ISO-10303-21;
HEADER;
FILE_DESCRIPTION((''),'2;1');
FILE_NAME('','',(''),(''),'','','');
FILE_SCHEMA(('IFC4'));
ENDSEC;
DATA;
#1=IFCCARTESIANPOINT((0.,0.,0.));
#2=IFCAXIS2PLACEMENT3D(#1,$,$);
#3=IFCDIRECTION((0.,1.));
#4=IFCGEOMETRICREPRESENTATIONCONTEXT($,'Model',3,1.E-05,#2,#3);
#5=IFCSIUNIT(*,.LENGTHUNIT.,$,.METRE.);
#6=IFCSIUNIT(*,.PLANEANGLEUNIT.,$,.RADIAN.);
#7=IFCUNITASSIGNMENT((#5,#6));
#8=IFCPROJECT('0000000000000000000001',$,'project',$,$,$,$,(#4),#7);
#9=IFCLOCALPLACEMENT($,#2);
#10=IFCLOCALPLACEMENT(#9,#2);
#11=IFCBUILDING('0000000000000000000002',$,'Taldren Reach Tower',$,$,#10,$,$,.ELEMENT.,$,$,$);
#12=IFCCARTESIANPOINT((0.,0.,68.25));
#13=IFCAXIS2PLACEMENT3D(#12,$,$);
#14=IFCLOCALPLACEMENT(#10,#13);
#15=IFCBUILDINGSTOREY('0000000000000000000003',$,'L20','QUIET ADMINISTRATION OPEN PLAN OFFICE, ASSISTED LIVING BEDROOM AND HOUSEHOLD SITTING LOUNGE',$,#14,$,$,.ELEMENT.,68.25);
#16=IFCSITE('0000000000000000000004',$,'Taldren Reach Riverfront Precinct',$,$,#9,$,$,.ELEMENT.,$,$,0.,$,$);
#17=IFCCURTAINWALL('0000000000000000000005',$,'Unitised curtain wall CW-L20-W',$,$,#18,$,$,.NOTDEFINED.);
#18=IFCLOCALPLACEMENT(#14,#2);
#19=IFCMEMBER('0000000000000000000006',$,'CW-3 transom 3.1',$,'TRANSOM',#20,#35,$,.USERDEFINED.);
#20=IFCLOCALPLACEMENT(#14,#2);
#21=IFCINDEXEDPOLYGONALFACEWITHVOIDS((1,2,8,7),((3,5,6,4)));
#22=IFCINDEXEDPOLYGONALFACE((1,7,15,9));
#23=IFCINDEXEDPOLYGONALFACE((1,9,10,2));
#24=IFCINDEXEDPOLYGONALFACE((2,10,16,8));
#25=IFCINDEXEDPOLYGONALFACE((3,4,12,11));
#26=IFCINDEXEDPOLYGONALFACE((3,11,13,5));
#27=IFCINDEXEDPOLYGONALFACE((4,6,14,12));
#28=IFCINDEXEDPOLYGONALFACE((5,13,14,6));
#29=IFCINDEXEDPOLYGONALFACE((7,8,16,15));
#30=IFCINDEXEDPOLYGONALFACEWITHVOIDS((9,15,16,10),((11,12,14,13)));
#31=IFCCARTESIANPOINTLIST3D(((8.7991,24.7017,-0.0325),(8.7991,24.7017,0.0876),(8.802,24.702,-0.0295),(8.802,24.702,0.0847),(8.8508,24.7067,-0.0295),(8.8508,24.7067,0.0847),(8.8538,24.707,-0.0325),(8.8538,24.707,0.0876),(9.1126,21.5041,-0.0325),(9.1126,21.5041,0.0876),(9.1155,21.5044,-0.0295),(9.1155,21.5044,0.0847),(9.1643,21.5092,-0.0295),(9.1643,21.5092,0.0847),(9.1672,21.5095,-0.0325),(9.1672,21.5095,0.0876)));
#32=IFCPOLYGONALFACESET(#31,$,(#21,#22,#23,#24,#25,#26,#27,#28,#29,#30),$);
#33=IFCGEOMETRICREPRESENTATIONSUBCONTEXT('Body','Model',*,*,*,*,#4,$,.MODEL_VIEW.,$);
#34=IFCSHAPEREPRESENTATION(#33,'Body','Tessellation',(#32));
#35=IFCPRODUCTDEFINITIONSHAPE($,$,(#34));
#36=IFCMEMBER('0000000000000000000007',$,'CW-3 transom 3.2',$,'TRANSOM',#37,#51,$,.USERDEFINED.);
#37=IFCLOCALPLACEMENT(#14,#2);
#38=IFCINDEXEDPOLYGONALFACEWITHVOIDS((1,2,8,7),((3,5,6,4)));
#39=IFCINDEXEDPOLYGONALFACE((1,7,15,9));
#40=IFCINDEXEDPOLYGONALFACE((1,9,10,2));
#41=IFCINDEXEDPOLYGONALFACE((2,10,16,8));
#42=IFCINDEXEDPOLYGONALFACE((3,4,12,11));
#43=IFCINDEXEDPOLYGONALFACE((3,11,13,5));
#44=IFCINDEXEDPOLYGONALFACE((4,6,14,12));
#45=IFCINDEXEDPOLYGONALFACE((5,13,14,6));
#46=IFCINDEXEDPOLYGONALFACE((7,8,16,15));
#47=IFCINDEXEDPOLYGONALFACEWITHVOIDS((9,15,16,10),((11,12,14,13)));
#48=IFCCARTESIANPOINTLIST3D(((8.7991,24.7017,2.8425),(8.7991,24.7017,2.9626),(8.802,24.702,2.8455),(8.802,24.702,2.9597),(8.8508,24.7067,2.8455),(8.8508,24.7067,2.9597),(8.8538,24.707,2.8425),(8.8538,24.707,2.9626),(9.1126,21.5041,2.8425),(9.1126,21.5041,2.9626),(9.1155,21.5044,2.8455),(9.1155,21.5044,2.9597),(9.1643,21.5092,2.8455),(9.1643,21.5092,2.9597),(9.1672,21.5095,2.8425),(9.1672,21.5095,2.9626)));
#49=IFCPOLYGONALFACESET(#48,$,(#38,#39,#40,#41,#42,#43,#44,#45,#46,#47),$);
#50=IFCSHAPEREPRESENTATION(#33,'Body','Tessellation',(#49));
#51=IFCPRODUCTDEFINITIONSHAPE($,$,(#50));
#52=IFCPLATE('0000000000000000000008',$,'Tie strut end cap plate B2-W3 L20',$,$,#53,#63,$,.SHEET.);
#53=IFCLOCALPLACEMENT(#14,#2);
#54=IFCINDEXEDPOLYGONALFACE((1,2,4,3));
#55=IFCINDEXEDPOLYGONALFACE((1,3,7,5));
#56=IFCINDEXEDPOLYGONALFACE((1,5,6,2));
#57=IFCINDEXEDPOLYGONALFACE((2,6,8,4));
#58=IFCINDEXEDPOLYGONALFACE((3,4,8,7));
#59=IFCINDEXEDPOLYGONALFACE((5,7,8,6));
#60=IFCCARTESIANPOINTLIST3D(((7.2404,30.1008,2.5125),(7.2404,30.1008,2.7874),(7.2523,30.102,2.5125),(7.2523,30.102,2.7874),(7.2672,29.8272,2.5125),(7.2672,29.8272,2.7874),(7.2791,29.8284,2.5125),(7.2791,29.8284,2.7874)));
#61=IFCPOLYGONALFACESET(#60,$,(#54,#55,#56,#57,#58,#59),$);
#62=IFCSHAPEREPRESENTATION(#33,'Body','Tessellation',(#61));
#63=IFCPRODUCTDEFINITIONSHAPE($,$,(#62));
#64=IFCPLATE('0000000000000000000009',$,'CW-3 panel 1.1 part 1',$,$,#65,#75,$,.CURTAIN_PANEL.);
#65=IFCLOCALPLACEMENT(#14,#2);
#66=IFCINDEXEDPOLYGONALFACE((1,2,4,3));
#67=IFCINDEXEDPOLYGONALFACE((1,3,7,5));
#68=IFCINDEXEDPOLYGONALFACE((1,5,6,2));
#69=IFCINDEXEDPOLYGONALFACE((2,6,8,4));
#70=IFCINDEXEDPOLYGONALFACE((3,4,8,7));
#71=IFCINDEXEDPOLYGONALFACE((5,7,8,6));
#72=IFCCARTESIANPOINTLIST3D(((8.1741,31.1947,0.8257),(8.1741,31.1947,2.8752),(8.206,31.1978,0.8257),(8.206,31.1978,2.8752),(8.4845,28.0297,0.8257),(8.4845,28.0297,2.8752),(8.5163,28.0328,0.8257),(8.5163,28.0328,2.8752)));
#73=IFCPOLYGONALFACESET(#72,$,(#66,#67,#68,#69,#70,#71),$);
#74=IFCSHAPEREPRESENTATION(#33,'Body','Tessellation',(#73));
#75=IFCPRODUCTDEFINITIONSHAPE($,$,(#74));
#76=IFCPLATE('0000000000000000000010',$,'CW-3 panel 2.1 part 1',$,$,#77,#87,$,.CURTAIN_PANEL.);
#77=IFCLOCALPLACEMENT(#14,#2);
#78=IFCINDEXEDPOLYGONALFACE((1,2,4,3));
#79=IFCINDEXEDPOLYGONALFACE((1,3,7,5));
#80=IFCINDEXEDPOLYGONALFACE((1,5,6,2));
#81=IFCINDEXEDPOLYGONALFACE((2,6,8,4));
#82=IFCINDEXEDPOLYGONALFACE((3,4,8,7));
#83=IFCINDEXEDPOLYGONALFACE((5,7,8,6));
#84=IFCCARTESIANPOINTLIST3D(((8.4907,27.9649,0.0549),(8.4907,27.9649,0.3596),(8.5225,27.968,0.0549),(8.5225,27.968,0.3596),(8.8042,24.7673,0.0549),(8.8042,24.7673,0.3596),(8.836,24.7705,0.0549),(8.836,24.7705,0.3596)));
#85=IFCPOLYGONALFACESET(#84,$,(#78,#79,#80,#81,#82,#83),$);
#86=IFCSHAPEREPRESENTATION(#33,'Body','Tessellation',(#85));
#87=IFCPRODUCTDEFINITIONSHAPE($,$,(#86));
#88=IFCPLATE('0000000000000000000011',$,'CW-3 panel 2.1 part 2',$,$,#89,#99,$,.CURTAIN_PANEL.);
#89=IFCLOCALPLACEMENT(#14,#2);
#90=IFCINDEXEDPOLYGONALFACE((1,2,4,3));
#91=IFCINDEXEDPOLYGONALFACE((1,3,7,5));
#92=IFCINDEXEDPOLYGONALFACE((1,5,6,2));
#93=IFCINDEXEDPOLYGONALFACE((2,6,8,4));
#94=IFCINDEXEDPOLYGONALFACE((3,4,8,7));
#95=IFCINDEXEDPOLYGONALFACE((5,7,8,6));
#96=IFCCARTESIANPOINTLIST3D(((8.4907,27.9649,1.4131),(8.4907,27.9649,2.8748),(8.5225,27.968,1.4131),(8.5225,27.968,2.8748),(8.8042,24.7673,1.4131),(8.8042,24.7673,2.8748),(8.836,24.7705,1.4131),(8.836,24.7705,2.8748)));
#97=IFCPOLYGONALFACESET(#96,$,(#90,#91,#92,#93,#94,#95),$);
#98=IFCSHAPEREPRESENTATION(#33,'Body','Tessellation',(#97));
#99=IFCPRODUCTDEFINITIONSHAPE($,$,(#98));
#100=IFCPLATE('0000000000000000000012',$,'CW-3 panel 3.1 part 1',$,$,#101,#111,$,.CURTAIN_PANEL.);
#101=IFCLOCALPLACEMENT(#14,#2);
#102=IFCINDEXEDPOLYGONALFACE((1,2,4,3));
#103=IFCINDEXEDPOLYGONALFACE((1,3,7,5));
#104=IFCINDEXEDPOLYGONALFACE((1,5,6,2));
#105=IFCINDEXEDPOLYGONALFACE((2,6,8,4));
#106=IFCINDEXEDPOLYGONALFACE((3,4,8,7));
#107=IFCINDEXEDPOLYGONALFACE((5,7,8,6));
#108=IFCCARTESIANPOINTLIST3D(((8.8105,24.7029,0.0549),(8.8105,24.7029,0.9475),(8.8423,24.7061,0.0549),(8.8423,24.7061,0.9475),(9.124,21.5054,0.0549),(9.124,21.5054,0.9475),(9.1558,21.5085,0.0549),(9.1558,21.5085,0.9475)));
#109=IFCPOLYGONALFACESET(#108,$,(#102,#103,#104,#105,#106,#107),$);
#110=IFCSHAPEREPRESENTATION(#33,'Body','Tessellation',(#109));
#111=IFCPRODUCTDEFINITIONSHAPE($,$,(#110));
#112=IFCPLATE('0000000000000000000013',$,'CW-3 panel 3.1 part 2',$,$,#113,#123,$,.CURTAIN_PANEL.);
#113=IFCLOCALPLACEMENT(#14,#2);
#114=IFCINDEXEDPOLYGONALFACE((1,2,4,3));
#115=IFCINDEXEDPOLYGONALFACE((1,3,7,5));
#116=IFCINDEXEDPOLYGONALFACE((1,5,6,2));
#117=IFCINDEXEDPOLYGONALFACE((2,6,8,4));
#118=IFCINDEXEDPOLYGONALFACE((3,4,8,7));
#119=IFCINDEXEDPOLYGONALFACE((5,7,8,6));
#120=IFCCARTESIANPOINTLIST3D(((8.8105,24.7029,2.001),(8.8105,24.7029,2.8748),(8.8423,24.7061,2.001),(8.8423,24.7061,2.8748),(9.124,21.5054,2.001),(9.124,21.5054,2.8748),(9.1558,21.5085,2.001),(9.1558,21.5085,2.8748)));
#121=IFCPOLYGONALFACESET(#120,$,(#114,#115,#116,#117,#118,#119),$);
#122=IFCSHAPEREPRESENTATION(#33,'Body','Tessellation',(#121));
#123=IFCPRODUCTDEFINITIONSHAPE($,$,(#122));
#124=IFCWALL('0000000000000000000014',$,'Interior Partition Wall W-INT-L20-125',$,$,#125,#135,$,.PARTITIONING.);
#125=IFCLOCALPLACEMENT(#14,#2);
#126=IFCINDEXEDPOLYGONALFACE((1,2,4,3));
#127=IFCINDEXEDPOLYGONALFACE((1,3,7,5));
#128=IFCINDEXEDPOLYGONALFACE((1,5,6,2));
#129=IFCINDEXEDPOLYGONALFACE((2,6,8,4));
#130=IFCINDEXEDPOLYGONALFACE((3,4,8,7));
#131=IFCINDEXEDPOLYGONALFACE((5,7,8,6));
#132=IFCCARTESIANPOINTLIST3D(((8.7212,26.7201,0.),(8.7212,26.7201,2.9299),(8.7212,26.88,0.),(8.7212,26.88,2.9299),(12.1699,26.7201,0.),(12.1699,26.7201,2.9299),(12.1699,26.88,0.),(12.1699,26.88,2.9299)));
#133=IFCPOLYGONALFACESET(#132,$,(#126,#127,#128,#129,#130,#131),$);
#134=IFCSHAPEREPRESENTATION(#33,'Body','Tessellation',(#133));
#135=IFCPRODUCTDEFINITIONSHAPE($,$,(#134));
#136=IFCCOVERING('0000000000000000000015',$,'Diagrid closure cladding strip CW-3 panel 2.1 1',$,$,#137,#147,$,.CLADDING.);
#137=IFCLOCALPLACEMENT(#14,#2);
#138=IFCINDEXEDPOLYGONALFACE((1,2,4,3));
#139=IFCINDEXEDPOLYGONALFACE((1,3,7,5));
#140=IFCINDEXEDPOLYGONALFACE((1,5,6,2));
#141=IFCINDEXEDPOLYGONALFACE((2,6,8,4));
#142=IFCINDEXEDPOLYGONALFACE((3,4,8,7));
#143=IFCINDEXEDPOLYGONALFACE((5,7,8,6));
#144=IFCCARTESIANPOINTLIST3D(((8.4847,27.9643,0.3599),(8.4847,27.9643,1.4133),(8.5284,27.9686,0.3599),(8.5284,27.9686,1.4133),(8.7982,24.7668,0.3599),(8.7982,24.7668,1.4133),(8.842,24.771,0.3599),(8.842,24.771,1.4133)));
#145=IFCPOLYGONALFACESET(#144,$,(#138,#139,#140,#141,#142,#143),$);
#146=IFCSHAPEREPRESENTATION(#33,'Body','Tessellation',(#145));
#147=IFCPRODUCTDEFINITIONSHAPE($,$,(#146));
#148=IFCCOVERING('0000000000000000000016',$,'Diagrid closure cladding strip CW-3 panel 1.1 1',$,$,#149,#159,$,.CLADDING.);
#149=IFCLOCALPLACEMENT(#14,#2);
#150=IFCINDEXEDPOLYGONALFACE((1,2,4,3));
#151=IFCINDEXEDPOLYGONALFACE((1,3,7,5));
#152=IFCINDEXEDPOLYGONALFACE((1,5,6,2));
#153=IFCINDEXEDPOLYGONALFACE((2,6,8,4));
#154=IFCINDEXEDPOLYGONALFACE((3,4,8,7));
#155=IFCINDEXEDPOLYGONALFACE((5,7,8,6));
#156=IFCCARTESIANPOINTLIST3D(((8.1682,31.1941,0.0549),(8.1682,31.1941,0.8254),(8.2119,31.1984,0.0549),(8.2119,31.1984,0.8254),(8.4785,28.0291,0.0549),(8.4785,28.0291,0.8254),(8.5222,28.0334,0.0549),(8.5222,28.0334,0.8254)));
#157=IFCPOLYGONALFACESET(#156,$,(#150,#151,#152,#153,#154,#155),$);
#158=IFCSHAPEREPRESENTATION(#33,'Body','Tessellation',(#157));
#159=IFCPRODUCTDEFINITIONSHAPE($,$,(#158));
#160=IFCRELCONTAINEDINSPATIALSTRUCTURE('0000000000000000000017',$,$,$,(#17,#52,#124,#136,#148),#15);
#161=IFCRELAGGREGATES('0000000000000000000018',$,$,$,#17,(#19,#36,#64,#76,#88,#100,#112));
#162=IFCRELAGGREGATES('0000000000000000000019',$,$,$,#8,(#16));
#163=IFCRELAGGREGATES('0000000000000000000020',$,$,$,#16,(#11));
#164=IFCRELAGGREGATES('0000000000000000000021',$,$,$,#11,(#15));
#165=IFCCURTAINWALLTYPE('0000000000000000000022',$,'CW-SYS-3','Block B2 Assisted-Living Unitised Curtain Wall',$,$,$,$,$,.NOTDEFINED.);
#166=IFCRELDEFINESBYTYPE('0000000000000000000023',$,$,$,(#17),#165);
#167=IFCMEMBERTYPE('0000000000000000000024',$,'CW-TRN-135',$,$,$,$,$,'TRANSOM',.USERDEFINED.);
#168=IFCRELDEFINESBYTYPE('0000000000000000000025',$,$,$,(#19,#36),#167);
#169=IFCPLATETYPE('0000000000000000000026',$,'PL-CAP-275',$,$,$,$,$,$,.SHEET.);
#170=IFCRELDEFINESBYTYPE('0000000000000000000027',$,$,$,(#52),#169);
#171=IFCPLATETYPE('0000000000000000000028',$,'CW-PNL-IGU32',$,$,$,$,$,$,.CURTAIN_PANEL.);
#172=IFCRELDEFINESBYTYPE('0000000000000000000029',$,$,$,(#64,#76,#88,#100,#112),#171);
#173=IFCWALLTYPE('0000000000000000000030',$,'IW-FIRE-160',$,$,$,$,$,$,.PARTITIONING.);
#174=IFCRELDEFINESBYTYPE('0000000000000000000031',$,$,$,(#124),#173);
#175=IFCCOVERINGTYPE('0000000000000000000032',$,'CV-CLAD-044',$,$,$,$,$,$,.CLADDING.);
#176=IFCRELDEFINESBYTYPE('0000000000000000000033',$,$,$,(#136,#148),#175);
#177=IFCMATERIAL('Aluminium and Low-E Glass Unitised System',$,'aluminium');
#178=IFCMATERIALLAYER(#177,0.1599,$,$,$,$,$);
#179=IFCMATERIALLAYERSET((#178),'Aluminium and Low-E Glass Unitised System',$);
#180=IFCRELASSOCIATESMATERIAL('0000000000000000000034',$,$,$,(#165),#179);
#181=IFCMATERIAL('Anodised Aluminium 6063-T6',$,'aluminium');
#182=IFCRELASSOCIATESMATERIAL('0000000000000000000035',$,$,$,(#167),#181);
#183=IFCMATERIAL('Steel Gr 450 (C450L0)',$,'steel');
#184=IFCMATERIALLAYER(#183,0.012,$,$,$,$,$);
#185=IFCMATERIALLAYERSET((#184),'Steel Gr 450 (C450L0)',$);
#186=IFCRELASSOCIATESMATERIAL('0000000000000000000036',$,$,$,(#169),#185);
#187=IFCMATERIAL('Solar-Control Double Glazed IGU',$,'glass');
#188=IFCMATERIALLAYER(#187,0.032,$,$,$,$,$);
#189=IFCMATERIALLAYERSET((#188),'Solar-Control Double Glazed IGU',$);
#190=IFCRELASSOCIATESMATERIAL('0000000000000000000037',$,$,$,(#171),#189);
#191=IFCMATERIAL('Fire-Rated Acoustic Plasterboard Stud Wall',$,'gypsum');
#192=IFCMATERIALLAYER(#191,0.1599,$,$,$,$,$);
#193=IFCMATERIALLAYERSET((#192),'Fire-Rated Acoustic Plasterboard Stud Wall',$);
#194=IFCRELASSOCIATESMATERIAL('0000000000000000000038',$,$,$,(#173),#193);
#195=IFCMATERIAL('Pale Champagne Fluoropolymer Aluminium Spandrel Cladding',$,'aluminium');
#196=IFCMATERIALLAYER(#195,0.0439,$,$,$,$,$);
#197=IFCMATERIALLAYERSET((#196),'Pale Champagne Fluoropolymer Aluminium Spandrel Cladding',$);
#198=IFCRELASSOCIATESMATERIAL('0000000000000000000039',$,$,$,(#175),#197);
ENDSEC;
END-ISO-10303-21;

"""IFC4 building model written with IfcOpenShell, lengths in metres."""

from ifc_helpers import new_model, si_unit, direction, frame, frame_2d, origin, origin_2d, place, context, subcontext, project, spatial, rectangle, hollow_rectangle, extrude, source, transform, mapped, material, layer, layer_set, material_profile, profile_set, type_object, element, aggregate, save


model = new_model("IFC4")

# Units and contexts
model_context = context("Model", 3, precision=1e-05, world=origin(), true_north=direction((0.0, 1.0)))
body_context = subcontext(model_context, "Body", "Model", "MODEL_VIEW")
ifc_project = project(units=[si_unit("LENGTHUNIT", "METRE"), si_unit("PLANEANGLEUNIT", "RADIAN")], contexts=[model_context])

# Site, building, storey
site_placement = place(None, origin())
site = spatial("IfcSite", under=ifc_project, at=site_placement, Name="Taldren Reach Riverfront Precinct", CompositionType="ELEMENT", RefElevation=0.0)
building_placement = place(site_placement, origin())
building = spatial("IfcBuilding", under=site, at=building_placement, Name="Taldren Reach Tower", CompositionType="ELEMENT")
storey_placement = place(building_placement, frame((0.0, 0.0, 68.25)))
storey = spatial("IfcBuildingStorey", under=building, at=storey_placement, Name="L20", Description="QUIET ADMINISTRATION OPEN PLAN OFFICE, ASSISTED LIVING BEDROOM AND HOUSEHOLD SITTING LOUNGE", CompositionType="ELEMENT", Elevation=68.25)

# Shared definitions
ifc_material_1 = material(Name="Steel Gr 450 (C450L0)", Category="steel")

# Curtain wall, members
ifc_material_2 = material(Name="Aluminium and Low-E Glass Unitised System", Category="aluminium")
ifc_layer_1 = layer(ifc_material_2, 0.1599)
ifc_layer_set_1 = layer_set([ifc_layer_1], Name="Aluminium and Low-E Glass Unitised System")
curtain_wall_type = type_object("IfcCurtainWallType", Name="CW-SYS-3", Description="Block B2 Assisted-Living Unitised Curtain Wall", PredefinedType="NOTDEFINED", material=ifc_layer_set_1)
curtain_wall_placement = place(storey_placement, origin())
curtain_wall = element("IfcCurtainWall", 1, at=curtain_wall_placement, inside=storey, type_object=curtain_wall_type, Name="Unitised curtain wall CW-L20-W", PredefinedType="NOTDEFINED")
ifc_material_3 = material(Name="Anodised Aluminium 6063-T6", Category="aluminium")
ifc_material_profile_1 = material_profile(ifc_material_3, hollow_rectangle(XDim=0.0549, YDim=0.1201, WallThickness=0.0029, at=origin_2d()), Name="ALU-120x55x3RHS")
ifc_profile_set_1 = profile_set([ifc_material_profile_1], Name="Anodised Aluminium 6063-T6")
member_type_1 = type_object("IfcMemberType", Name="CW-TRN-135", ElementType="TRANSOM", PredefinedType="USERDEFINED", material=ifc_profile_set_1)
shared_shape_1 = source(origin(), body_context, "Body", "SweptSolid", [
    extrude(hollow_rectangle(XDim=0.0549, YDim=0.1201, WallThickness=0.0029, at=origin_2d()), origin(), (0.0, 0.0, 1.0), 3.2129),
])
member_1_placement = place(storey_placement, frame((8.8264, 24.7043, 0.0276), z_axis=(0.09757, -0.995229, 0.0), x_axis=(0.995229, 0.09757, 0.0)))
member_1 = element("IfcMember", 2, at=member_1_placement, type_object=member_type_1, Name="CW-3 transom 3.1", ObjectType="TRANSOM", PredefinedType="USERDEFINED", context=body_context, shape_type="MappedRepresentation", body=[
    mapped(shared_shape_1, transform((0.0, 0.0, 0.0), scale=1.0)),
])
member_2_placement = place(storey_placement, frame((8.8264, 24.7043, 2.9026), z_axis=(0.09757, -0.995229, 0.0), x_axis=(0.995229, 0.09757, 0.0)))
member_2 = element("IfcMember", 3, at=member_2_placement, type_object=member_type_1, Name="CW-3 transom 3.2", ObjectType="TRANSOM", PredefinedType="USERDEFINED", context=body_context, shape_type="MappedRepresentation", body=[
    mapped(shared_shape_1, transform((0.0, 0.0, 0.0), scale=1.0)),
])

# Plates
ifc_layer_2 = layer(ifc_material_1, 0.012)
ifc_layer_set_2 = layer_set([ifc_layer_2], Name="Steel Gr 450 (C450L0)")
plate_type_1 = type_object("IfcPlateType", Name="PL-CAP-275", PredefinedType="SHEET", material=ifc_layer_set_2)
shared_shape_2 = source(origin(), body_context, "Body", "SweptSolid", [
    extrude(rectangle(XDim=0.012, YDim=0.2749, at=origin_2d()), origin(), (0.0, 0.0, 1.0), 0.2749),
])
plate_1_placement = place(storey_placement, frame((7.2598, 29.9646, 2.5125), z_axis=(0.0, 0.0, 1.0), x_axis=(0.995227, 0.097583, 0.0)))
element("IfcPlate", 4, at=plate_1_placement, inside=storey, type_object=plate_type_1, Name="Tie strut end cap plate B2-W3 L20", PredefinedType="SHEET", context=body_context, shape_type="MappedRepresentation", body=[
    mapped(shared_shape_2, transform((0.0, 0.0, 0.0), scale=1.0)),
])
ifc_material_4 = material(Name="Solar-Control Double Glazed IGU", Category="glass")
ifc_layer_3 = layer(ifc_material_4, 0.032)
ifc_layer_set_3 = layer_set([ifc_layer_3], Name="Solar-Control Double Glazed IGU")
plate_type_2 = type_object("IfcPlateType", Name="CW-PNL-IGU32", PredefinedType="CURTAIN_PANEL", material=ifc_layer_set_3)
shared_shape_3 = source(origin(), body_context, "Body", "SweptSolid", [
    extrude(rectangle(XDim=3.1802, YDim=0.032, at=origin_2d()), origin(), (0.0, 0.0, 1.0), 2.0496),
])
plate_2_placement = place(storey_placement, frame((8.3452, 29.6138, 0.8257), z_axis=(0.0, 0.0, 1.0), x_axis=(0.097583, -0.995227, 0.0)))
plate_2 = element("IfcPlate", 5, at=plate_2_placement, type_object=plate_type_2, Name="CW-3 panel 1.1 part 1", PredefinedType="CURTAIN_PANEL", context=body_context, shape_type="MappedRepresentation", body=[
    mapped(shared_shape_3, transform((0.0, 0.0, 0.0), scale=1.0)),
])
shared_shape_4 = source(origin(), body_context, "Body", "SweptSolid", [
    extrude(rectangle(XDim=3.2129, YDim=0.032, at=origin_2d()), origin(), (0.0, 0.0, 1.0), 0.3047),
])
plate_3_placement = place(storey_placement, frame((8.6633, 26.3677, 0.0549), z_axis=(0.0, 0.0, 1.0), x_axis=(0.097583, -0.995227, 0.0)))
plate_3 = element("IfcPlate", 6, at=plate_3_placement, type_object=plate_type_2, Name="CW-3 panel 2.1 part 1", PredefinedType="CURTAIN_PANEL", context=body_context, shape_type="MappedRepresentation", body=[
    mapped(shared_shape_4, transform((0.0, 0.0, 0.0), scale=1.0)),
])
shared_shape_5 = source(origin(), body_context, "Body", "SweptSolid", [
    extrude(rectangle(XDim=3.2129, YDim=0.032, at=origin_2d()), origin(), (0.0, 0.0, 1.0), 1.4617),
])
plate_4_placement = place(storey_placement, frame((8.6633, 26.3677, 1.4131), z_axis=(0.0, 0.0, 1.0), x_axis=(0.097583, -0.995227, 0.0)))
plate_4 = element("IfcPlate", 7, at=plate_4_placement, type_object=plate_type_2, Name="CW-3 panel 2.1 part 2", PredefinedType="CURTAIN_PANEL", context=body_context, shape_type="MappedRepresentation", body=[
    mapped(shared_shape_5, transform((0.0, 0.0, 0.0), scale=1.0)),
])
shared_shape_6 = source(origin(), body_context, "Body", "SweptSolid", [
    extrude(rectangle(XDim=3.2129, YDim=0.032, at=origin_2d()), origin(), (0.0, 0.0, 1.0), 0.8926),
])
plate_5_placement = place(storey_placement, frame((8.9832, 23.1057, 0.0549), z_axis=(0.0, 0.0, 1.0), x_axis=(0.097583, -0.995227, 0.0)))
plate_5 = element("IfcPlate", 8, at=plate_5_placement, type_object=plate_type_2, Name="CW-3 panel 3.1 part 1", PredefinedType="CURTAIN_PANEL", context=body_context, shape_type="MappedRepresentation", body=[
    mapped(shared_shape_6, transform((0.0, 0.0, 0.0), scale=1.0)),
])
shared_shape_7 = source(origin(), body_context, "Body", "SweptSolid", [
    extrude(rectangle(XDim=3.2129, YDim=0.032, at=origin_2d()), origin(), (0.0, 0.0, 1.0), 0.8738),
])
plate_6_placement = place(storey_placement, frame((8.9832, 23.1057, 2.001), z_axis=(0.0, 0.0, 1.0), x_axis=(0.097583, -0.995227, 0.0)))
plate_6 = element("IfcPlate", 9, at=plate_6_placement, type_object=plate_type_2, Name="CW-3 panel 3.1 part 2", PredefinedType="CURTAIN_PANEL", context=body_context, shape_type="MappedRepresentation", body=[
    mapped(shared_shape_7, transform((0.0, 0.0, 0.0), scale=1.0)),
])
aggregate(curtain_wall, [member_1, member_2, plate_2, plate_3, plate_4, plate_5, plate_6])

# Wall
ifc_material_5 = material(Name="Fire-Rated Acoustic Plasterboard Stud Wall", Category="gypsum")
ifc_layer_4 = layer(ifc_material_5, 0.1599)
ifc_layer_set_4 = layer_set([ifc_layer_4], Name="Fire-Rated Acoustic Plasterboard Stud Wall")
wall_type = type_object("IfcWallType", Name="IW-FIRE-160", PredefinedType="PARTITIONING", material=ifc_layer_set_4)
shared_shape_8 = source(origin(), body_context, "Body", "SweptSolid", [
    extrude(rectangle(XDim=3.4487, YDim=0.1599, at=frame_2d((1.7244, 0.0))), origin(), (0.0, 0.0, 1.0), 2.9299),
])
wall_placement = place(storey_placement, frame((8.7212, 26.8, 0.0), z_axis=(0.0, 0.0, 1.0), x_axis=(1.0, 0.0, 0.0)))
element("IfcWall", 10, at=wall_placement, inside=storey, type_object=wall_type, Name="Interior Partition Wall W-INT-L20-125", PredefinedType="PARTITIONING", context=body_context, shape_type="MappedRepresentation", body=[
    mapped(shared_shape_8, transform((0.0, 0.0, 0.0), scale=1.0)),
])

# Coverings
ifc_material_6 = material(Name="Pale Champagne Fluoropolymer Aluminium Spandrel Cladding", Category="aluminium")
ifc_layer_5 = layer(ifc_material_6, 0.0439)
ifc_layer_set_5 = layer_set([ifc_layer_5], Name="Pale Champagne Fluoropolymer Aluminium Spandrel Cladding")
covering_type = type_object("IfcCoveringType", Name="CV-CLAD-044", PredefinedType="CLADDING", material=ifc_layer_set_5)
shared_shape_9 = source(origin(), body_context, "Body", "SweptSolid", [
    extrude(rectangle(XDim=3.2129, YDim=0.0439, at=origin_2d()), origin(), (0.0, 0.0, 1.0), 1.0535),
])
covering_1_placement = place(storey_placement, frame((8.6633, 26.3677, 0.3599), z_axis=(0.0, 0.0, 1.0), x_axis=(0.097583, -0.995227, 0.0)))
element("IfcCovering", 11, at=covering_1_placement, inside=storey, type_object=covering_type, Name="Diagrid closure cladding strip CW-3 panel 2.1 1", PredefinedType="CLADDING", context=body_context, shape_type="MappedRepresentation", body=[
    mapped(shared_shape_9, transform((0.0, 0.0, 0.0), scale=1.0)),
])
shared_shape_10 = source(origin(), body_context, "Body", "SweptSolid", [
    extrude(rectangle(XDim=3.1802, YDim=0.0439, at=origin_2d()), origin(), (0.0, 0.0, 1.0), 0.7705),
])
covering_2_placement = place(storey_placement, frame((8.3452, 29.6138, 0.0549), z_axis=(0.0, 0.0, 1.0), x_axis=(0.097583, -0.995227, 0.0)))
element("IfcCovering", 12, at=covering_2_placement, inside=storey, type_object=covering_type, Name="Diagrid closure cladding strip CW-3 panel 1.1 1", PredefinedType="CLADDING", context=body_context, shape_type="MappedRepresentation", body=[
    mapped(shared_shape_10, transform((0.0, 0.0, 0.0), scale=1.0)),
])

save(model, "model.ifc")
